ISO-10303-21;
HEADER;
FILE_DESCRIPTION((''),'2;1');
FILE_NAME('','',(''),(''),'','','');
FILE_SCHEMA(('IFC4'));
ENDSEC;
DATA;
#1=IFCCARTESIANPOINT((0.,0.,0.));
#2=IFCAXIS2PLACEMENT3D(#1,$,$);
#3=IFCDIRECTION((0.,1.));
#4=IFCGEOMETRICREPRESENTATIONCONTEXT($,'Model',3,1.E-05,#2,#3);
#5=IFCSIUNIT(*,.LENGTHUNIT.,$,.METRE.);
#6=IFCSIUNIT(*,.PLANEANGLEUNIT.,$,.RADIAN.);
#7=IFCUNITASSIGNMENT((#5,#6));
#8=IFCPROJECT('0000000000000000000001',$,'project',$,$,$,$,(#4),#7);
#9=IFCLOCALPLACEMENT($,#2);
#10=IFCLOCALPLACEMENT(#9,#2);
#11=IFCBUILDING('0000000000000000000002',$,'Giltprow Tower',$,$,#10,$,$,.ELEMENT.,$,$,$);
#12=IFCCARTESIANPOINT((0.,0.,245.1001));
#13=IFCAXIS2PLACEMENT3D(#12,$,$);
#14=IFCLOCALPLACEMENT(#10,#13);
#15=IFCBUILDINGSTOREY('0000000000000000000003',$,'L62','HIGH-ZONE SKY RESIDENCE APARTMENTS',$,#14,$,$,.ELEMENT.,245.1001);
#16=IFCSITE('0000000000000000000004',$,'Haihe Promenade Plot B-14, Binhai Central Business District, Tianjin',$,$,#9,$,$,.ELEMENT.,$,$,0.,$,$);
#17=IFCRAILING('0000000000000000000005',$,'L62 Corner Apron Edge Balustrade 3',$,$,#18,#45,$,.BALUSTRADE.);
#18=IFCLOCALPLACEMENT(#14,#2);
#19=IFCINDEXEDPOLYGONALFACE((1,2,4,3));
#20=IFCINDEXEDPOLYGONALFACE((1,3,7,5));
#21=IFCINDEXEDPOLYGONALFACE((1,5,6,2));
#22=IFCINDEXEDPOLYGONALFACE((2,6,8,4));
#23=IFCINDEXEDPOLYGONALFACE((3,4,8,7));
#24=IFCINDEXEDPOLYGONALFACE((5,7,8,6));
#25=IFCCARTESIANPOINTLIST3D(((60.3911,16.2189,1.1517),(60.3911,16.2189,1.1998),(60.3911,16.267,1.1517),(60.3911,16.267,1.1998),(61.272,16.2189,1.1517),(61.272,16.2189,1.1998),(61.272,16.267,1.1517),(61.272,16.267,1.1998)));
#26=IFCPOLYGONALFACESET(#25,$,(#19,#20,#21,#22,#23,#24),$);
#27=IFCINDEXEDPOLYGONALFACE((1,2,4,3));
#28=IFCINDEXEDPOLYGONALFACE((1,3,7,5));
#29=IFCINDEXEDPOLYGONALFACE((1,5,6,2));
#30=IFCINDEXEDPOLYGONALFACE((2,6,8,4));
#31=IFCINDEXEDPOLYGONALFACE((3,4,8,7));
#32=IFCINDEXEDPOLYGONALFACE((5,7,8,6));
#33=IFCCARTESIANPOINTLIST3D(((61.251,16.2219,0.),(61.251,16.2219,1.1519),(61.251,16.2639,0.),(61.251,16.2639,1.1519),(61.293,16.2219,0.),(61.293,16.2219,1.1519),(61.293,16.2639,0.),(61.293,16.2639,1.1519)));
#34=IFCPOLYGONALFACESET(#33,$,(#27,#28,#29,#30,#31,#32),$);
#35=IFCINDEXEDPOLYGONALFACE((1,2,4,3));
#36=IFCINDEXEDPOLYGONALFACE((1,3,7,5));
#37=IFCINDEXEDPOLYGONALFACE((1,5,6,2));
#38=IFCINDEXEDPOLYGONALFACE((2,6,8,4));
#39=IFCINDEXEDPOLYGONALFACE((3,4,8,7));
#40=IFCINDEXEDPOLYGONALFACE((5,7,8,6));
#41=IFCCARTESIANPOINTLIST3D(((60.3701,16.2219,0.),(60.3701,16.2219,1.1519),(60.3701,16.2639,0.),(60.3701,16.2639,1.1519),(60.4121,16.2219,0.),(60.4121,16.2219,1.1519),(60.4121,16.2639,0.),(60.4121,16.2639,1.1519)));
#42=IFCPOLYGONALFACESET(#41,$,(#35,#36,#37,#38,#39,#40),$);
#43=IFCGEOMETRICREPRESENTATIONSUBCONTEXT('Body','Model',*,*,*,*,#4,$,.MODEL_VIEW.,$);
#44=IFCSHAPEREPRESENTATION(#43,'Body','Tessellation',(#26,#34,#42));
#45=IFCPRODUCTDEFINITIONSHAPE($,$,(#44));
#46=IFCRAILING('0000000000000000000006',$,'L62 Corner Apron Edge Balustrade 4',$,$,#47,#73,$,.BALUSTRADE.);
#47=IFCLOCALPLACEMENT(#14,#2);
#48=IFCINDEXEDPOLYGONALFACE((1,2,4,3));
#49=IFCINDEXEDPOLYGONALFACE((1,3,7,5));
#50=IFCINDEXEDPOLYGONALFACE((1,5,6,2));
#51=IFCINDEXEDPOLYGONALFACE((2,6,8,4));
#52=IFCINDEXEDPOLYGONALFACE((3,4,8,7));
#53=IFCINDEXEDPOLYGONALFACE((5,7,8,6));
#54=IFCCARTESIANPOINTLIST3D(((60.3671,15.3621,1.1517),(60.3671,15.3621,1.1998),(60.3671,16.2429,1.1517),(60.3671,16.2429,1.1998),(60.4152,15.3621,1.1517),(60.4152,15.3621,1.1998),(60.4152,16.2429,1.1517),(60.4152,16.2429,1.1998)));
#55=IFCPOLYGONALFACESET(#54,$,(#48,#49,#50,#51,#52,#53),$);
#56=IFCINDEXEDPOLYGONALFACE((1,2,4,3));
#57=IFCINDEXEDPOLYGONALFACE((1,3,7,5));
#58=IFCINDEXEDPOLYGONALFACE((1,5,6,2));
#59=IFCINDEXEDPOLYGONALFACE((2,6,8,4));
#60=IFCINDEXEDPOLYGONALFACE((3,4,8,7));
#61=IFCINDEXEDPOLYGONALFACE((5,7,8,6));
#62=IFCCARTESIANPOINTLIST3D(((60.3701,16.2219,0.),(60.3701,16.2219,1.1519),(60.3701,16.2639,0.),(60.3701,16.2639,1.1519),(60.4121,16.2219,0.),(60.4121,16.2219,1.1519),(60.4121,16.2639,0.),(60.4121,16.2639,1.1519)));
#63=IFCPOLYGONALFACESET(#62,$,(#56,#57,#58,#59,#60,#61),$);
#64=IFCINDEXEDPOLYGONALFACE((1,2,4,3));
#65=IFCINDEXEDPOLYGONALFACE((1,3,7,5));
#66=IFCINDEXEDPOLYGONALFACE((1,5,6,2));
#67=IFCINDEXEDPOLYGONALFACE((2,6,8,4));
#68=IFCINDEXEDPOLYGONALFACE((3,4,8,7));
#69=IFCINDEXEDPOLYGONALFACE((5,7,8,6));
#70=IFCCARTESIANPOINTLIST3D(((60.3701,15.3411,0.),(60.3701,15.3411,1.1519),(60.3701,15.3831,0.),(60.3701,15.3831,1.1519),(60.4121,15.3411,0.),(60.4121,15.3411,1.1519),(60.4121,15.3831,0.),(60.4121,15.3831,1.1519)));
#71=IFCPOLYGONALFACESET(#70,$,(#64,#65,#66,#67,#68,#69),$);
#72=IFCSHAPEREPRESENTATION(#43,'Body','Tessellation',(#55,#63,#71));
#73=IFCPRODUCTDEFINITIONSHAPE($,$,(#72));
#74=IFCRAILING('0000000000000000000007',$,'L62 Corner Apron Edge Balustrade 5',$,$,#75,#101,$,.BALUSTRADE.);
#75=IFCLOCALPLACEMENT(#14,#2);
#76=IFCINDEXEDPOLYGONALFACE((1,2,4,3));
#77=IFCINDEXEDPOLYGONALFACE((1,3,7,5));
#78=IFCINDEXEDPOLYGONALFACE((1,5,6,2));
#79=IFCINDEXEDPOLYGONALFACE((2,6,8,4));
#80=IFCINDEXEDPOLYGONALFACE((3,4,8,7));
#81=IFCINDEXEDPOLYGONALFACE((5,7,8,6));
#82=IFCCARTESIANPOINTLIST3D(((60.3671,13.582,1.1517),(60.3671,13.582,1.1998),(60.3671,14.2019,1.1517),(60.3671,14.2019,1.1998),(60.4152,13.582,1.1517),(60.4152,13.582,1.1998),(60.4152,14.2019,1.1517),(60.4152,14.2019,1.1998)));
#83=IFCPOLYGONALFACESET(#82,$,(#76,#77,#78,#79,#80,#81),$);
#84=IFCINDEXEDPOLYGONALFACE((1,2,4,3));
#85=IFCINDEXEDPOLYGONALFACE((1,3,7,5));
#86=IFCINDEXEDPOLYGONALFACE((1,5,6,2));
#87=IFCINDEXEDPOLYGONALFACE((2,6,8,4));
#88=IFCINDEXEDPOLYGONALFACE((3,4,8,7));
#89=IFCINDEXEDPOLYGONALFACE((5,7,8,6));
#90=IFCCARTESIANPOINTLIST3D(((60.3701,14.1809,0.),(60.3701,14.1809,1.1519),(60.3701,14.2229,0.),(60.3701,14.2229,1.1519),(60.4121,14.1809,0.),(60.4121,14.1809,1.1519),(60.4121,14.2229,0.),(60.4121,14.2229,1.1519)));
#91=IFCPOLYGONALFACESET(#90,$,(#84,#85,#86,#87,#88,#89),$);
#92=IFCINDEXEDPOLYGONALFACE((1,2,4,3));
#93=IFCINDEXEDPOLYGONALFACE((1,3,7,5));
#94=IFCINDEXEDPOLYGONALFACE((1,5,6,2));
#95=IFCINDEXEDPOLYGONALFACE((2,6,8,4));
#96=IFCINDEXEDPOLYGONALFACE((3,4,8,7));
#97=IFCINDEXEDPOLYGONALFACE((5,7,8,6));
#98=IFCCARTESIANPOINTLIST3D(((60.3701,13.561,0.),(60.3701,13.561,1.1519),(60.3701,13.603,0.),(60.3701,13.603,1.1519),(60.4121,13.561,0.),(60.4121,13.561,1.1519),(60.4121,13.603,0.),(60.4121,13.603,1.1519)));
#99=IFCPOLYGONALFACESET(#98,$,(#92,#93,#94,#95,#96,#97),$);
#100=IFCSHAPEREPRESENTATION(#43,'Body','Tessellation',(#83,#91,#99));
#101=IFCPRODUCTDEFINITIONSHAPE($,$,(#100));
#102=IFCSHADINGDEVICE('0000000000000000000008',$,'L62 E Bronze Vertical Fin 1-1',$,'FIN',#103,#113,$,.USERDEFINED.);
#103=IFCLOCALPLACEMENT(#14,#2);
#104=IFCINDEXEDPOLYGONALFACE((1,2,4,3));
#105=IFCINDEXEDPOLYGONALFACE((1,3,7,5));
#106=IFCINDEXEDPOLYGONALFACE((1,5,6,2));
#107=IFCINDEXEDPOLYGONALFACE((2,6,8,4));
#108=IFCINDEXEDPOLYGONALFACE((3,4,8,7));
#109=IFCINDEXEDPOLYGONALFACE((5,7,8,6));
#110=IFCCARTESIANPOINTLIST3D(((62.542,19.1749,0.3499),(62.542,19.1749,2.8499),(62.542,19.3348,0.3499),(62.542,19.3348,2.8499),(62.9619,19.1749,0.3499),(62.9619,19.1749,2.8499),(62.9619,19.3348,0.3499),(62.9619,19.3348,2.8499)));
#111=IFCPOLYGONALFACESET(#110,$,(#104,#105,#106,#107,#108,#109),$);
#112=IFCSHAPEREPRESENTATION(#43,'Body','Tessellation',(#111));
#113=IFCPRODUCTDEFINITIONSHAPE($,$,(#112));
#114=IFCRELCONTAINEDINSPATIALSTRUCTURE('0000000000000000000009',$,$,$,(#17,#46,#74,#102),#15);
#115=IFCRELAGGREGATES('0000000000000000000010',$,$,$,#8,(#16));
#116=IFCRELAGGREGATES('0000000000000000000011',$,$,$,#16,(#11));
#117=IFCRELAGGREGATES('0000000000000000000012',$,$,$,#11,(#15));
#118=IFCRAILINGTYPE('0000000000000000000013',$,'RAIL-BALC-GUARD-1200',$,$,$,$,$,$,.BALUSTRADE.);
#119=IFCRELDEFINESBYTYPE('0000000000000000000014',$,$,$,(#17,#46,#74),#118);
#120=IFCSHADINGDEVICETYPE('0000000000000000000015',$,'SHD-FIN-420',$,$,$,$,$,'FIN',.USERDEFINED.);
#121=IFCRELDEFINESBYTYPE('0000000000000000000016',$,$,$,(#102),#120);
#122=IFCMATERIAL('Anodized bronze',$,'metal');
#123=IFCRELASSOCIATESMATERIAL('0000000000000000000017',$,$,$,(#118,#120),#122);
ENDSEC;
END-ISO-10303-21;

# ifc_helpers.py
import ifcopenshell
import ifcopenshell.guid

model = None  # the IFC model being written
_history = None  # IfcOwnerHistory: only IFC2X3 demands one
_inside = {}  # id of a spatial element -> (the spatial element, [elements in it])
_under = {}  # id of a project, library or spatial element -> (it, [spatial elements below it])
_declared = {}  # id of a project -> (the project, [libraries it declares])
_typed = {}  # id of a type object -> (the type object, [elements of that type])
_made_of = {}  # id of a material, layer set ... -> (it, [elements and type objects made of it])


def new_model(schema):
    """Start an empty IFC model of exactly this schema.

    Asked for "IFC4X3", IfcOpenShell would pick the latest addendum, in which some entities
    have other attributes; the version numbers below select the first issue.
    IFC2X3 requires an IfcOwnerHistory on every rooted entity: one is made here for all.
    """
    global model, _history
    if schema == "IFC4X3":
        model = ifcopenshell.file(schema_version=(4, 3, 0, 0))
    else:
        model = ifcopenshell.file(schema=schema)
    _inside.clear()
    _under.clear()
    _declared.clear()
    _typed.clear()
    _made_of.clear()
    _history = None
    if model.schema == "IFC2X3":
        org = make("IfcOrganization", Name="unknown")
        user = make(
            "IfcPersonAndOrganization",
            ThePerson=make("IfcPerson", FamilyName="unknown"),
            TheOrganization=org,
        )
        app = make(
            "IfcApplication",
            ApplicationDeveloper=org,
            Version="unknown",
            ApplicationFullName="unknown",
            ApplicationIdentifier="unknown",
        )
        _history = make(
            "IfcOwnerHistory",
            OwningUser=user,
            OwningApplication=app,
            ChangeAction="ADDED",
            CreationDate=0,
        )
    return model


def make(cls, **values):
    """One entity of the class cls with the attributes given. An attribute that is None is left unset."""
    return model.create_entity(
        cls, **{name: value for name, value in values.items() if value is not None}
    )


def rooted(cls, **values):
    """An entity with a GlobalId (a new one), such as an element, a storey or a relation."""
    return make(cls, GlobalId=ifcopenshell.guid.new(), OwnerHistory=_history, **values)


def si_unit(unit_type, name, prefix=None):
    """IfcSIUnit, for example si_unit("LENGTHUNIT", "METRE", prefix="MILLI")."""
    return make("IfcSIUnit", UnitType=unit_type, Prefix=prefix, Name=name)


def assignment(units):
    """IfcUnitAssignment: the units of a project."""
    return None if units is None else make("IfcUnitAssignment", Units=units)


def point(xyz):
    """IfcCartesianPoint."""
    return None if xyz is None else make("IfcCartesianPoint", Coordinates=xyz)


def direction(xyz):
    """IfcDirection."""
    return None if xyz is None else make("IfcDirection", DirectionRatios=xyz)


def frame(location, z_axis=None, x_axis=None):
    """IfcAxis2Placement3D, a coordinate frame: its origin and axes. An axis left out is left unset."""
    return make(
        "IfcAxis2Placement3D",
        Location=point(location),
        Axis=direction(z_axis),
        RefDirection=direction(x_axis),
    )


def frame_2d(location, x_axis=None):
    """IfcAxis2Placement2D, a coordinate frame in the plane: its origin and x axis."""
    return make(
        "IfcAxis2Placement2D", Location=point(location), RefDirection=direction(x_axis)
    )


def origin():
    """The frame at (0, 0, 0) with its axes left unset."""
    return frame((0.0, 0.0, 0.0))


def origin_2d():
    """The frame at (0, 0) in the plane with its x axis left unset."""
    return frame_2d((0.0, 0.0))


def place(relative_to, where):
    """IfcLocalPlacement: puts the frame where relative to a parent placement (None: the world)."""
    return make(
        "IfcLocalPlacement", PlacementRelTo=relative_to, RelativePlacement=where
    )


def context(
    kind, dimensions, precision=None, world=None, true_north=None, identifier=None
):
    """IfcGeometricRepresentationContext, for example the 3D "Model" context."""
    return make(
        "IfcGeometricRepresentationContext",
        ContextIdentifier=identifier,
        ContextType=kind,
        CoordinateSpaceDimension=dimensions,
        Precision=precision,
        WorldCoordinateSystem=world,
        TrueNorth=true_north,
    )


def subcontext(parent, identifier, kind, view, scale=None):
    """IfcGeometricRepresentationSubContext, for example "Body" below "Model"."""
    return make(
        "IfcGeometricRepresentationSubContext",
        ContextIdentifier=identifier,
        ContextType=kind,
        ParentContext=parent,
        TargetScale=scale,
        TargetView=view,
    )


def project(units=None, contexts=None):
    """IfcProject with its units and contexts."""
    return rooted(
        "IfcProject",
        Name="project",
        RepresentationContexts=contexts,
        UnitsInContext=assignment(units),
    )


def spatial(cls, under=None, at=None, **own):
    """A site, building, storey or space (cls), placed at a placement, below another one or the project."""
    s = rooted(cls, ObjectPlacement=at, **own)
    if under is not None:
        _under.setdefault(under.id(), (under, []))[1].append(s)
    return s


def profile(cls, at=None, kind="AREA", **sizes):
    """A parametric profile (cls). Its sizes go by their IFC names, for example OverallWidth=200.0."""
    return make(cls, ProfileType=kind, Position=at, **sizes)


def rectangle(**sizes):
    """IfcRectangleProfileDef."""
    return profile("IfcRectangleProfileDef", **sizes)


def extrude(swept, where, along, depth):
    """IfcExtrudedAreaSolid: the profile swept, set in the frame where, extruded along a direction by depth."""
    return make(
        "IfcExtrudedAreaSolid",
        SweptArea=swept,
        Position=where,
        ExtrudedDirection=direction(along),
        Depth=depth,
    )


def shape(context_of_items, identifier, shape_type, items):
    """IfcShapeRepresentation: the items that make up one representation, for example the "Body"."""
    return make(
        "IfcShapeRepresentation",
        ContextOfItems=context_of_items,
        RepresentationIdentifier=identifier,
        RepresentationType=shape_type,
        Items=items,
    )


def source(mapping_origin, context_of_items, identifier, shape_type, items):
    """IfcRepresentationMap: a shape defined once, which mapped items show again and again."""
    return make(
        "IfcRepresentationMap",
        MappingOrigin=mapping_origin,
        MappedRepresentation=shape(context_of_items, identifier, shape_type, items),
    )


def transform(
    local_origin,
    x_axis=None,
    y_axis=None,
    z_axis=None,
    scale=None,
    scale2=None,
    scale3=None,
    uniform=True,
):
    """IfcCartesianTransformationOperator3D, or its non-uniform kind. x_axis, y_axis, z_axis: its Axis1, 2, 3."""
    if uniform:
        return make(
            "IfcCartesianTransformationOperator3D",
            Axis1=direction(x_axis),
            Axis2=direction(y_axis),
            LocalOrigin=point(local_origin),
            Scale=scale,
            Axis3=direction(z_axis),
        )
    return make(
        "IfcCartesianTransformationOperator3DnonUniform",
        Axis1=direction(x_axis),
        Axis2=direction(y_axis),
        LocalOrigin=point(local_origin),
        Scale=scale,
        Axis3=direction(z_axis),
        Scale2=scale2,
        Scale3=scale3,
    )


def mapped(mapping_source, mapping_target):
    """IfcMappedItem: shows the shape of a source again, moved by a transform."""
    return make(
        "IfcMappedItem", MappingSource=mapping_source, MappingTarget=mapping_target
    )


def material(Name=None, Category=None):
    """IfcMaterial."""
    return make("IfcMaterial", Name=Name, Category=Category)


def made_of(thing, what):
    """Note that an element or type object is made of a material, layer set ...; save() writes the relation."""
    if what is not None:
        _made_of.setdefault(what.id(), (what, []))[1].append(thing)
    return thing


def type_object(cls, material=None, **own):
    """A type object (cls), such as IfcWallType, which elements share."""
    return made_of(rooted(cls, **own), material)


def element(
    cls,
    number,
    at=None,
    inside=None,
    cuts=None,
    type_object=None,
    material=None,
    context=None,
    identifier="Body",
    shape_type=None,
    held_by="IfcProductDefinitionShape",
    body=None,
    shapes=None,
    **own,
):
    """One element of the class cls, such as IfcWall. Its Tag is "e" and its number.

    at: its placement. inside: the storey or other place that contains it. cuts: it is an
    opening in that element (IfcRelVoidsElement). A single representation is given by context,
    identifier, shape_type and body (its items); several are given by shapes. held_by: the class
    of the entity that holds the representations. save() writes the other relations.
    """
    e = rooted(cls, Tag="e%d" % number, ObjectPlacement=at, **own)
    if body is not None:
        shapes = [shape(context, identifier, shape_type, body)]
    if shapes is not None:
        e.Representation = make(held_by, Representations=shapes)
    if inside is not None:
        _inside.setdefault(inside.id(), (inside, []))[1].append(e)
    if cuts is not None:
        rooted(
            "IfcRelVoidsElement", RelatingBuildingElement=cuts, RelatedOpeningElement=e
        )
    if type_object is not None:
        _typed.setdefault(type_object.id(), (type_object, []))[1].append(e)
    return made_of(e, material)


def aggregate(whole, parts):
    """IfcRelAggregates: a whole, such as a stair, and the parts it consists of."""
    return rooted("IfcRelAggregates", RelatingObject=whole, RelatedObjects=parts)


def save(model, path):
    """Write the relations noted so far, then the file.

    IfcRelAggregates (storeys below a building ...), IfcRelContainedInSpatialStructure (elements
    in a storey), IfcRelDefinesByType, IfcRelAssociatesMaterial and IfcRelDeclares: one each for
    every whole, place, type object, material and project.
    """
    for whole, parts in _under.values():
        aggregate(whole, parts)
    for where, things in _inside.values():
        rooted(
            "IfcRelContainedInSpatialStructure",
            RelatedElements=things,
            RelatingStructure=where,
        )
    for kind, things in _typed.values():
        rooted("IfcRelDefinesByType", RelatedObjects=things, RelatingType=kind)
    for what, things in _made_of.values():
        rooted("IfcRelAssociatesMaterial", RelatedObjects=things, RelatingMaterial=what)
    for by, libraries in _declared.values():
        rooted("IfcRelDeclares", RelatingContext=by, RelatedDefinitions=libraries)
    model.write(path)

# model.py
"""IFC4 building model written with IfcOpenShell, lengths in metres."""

from ifc_helpers import new_model, si_unit, direction, frame, origin, origin_2d, place, context, subcontext, project, spatial, rectangle, extrude, source, transform, mapped, material, type_object, element, save


model = new_model("IFC4")

# Units and contexts
model_context = context("Model", 3, precision=1e-05, world=origin(), true_north=direction((0.0, 1.0)))
body_context = subcontext(model_context, "Body", "Model", "MODEL_VIEW")
ifc_project = project(units=[si_unit("LENGTHUNIT", "METRE"), si_unit("PLANEANGLEUNIT", "RADIAN")], contexts=[model_context])

# Site, building, storey
site_placement = place(None, origin())
site = spatial("IfcSite", under=ifc_project, at=site_placement, Name="Haihe Promenade Plot B-14, Binhai Central Business District, Tianjin", CompositionType="ELEMENT", RefElevation=0.0)
building_placement = place(site_placement, origin())
building = spatial("IfcBuilding", under=site, at=building_placement, Name="Giltprow Tower", CompositionType="ELEMENT")
storey_placement = place(building_placement, frame((0.0, 0.0, 245.1001)))
storey = spatial("IfcBuildingStorey", under=building, at=storey_placement, Name="L62", Description="HIGH-ZONE SKY RESIDENCE APARTMENTS", CompositionType="ELEMENT", Elevation=245.1001)

# Shared definitions
ifc_material_1 = material(Name="Anodized bronze", Category="metal")

# Railings
railing_type = type_object("IfcRailingType", Name="RAIL-BALC-GUARD-1200", PredefinedType="BALUSTRADE", material=ifc_material_1)
railing_1_placement = place(storey_placement, frame((61.272, 16.2429, 0.0)))
element("IfcRailing", 1, at=railing_1_placement, inside=storey, type_object=railing_type, Name="L62 Corner Apron Edge Balustrade 3", PredefinedType="BALUSTRADE", context=body_context, shape_type="SweptSolid", body=[
    extrude(rectangle(XDim=0.0481, YDim=0.0481, at=origin_2d()), frame((0.0, 0.0, 1.1758), z_axis=(-1.0, 0.0, 0.0), x_axis=(0.0, -1.0, 0.0)), (0.0, 0.0, 1.0), 0.8809),
    extrude(rectangle(XDim=0.042, YDim=0.042, at=origin_2d()), origin(), (0.0, 0.0, 1.0), 1.1519),
    extrude(rectangle(XDim=0.042, YDim=0.042, at=origin_2d()), frame((-0.8809, 0.0, 0.0)), (0.0, 0.0, 1.0), 1.1519),
])
railing_2_placement = place(storey_placement, frame((60.3911, 16.2429, 0.0)))
element("IfcRailing", 2, at=railing_2_placement, inside=storey, type_object=railing_type, Name="L62 Corner Apron Edge Balustrade 4", PredefinedType="BALUSTRADE", context=body_context, shape_type="SweptSolid", body=[
    extrude(rectangle(XDim=0.0481, YDim=0.0481, at=origin_2d()), frame((0.0, 0.0, 1.1758), z_axis=(0.0, -1.0, 0.0), x_axis=(1.0, 0.0, 0.0)), (0.0, 0.0, 1.0), 0.8809),
    extrude(rectangle(XDim=0.042, YDim=0.042, at=origin_2d()), origin(), (0.0, 0.0, 1.0), 1.1519),
    extrude(rectangle(XDim=0.042, YDim=0.042, at=origin_2d()), frame((0.0, -0.8809, 0.0)), (0.0, 0.0, 1.0), 1.1519),
])
railing_3_placement = place(storey_placement, frame((60.3911, 14.2019, 0.0)))
element("IfcRailing", 3, at=railing_3_placement, inside=storey, type_object=railing_type, Name="L62 Corner Apron Edge Balustrade 5", PredefinedType="BALUSTRADE", context=body_context, shape_type="SweptSolid", body=[
    extrude(rectangle(XDim=0.0481, YDim=0.0481, at=origin_2d()), frame((0.0, 0.0, 1.1758), z_axis=(0.0, -1.0, 0.0), x_axis=(1.0, 0.0, 0.0)), (0.0, 0.0, 1.0), 0.6199),
    extrude(rectangle(XDim=0.042, YDim=0.042, at=origin_2d()), origin(), (0.0, 0.0, 1.0), 1.1519),
    extrude(rectangle(XDim=0.042, YDim=0.042, at=origin_2d()), frame((0.0, -0.6199, 0.0)), (0.0, 0.0, 1.0), 1.1519),
])

# Shading device
shading_device_type = type_object("IfcShadingDeviceType", Name="SHD-FIN-420", ElementType="FIN", PredefinedType="USERDEFINED", material=ifc_material_1)
shared_shape_1 = source(origin(), body_context, "Body", "SweptSolid", [
    extrude(rectangle(XDim=0.4199, YDim=0.1599, at=origin_2d()), origin(), (0.0, 0.0, 1.0), 2.5),
])
shading_device_placement = place(storey_placement, frame((62.752, 19.2549, 0.3499), z_axis=(0.0, 0.0, 1.0), x_axis=(1.0, 0.0, 0.0)))
element("IfcShadingDevice", 4, at=shading_device_placement, inside=storey, type_object=shading_device_type, Name="L62 E Bronze Vertical Fin 1-1", ObjectType="FIN", PredefinedType="USERDEFINED", context=body_context, shape_type="MappedRepresentation", body=[
    mapped(shared_shape_1, transform((0.0, 0.0, 0.0), x_axis=(1.0, 0.0, 0.0), y_axis=(0.0, 1.0, 0.0), z_axis=(0.0, 0.0, 1.0), scale=1.0)),
])

save(model, "model.ifc")
